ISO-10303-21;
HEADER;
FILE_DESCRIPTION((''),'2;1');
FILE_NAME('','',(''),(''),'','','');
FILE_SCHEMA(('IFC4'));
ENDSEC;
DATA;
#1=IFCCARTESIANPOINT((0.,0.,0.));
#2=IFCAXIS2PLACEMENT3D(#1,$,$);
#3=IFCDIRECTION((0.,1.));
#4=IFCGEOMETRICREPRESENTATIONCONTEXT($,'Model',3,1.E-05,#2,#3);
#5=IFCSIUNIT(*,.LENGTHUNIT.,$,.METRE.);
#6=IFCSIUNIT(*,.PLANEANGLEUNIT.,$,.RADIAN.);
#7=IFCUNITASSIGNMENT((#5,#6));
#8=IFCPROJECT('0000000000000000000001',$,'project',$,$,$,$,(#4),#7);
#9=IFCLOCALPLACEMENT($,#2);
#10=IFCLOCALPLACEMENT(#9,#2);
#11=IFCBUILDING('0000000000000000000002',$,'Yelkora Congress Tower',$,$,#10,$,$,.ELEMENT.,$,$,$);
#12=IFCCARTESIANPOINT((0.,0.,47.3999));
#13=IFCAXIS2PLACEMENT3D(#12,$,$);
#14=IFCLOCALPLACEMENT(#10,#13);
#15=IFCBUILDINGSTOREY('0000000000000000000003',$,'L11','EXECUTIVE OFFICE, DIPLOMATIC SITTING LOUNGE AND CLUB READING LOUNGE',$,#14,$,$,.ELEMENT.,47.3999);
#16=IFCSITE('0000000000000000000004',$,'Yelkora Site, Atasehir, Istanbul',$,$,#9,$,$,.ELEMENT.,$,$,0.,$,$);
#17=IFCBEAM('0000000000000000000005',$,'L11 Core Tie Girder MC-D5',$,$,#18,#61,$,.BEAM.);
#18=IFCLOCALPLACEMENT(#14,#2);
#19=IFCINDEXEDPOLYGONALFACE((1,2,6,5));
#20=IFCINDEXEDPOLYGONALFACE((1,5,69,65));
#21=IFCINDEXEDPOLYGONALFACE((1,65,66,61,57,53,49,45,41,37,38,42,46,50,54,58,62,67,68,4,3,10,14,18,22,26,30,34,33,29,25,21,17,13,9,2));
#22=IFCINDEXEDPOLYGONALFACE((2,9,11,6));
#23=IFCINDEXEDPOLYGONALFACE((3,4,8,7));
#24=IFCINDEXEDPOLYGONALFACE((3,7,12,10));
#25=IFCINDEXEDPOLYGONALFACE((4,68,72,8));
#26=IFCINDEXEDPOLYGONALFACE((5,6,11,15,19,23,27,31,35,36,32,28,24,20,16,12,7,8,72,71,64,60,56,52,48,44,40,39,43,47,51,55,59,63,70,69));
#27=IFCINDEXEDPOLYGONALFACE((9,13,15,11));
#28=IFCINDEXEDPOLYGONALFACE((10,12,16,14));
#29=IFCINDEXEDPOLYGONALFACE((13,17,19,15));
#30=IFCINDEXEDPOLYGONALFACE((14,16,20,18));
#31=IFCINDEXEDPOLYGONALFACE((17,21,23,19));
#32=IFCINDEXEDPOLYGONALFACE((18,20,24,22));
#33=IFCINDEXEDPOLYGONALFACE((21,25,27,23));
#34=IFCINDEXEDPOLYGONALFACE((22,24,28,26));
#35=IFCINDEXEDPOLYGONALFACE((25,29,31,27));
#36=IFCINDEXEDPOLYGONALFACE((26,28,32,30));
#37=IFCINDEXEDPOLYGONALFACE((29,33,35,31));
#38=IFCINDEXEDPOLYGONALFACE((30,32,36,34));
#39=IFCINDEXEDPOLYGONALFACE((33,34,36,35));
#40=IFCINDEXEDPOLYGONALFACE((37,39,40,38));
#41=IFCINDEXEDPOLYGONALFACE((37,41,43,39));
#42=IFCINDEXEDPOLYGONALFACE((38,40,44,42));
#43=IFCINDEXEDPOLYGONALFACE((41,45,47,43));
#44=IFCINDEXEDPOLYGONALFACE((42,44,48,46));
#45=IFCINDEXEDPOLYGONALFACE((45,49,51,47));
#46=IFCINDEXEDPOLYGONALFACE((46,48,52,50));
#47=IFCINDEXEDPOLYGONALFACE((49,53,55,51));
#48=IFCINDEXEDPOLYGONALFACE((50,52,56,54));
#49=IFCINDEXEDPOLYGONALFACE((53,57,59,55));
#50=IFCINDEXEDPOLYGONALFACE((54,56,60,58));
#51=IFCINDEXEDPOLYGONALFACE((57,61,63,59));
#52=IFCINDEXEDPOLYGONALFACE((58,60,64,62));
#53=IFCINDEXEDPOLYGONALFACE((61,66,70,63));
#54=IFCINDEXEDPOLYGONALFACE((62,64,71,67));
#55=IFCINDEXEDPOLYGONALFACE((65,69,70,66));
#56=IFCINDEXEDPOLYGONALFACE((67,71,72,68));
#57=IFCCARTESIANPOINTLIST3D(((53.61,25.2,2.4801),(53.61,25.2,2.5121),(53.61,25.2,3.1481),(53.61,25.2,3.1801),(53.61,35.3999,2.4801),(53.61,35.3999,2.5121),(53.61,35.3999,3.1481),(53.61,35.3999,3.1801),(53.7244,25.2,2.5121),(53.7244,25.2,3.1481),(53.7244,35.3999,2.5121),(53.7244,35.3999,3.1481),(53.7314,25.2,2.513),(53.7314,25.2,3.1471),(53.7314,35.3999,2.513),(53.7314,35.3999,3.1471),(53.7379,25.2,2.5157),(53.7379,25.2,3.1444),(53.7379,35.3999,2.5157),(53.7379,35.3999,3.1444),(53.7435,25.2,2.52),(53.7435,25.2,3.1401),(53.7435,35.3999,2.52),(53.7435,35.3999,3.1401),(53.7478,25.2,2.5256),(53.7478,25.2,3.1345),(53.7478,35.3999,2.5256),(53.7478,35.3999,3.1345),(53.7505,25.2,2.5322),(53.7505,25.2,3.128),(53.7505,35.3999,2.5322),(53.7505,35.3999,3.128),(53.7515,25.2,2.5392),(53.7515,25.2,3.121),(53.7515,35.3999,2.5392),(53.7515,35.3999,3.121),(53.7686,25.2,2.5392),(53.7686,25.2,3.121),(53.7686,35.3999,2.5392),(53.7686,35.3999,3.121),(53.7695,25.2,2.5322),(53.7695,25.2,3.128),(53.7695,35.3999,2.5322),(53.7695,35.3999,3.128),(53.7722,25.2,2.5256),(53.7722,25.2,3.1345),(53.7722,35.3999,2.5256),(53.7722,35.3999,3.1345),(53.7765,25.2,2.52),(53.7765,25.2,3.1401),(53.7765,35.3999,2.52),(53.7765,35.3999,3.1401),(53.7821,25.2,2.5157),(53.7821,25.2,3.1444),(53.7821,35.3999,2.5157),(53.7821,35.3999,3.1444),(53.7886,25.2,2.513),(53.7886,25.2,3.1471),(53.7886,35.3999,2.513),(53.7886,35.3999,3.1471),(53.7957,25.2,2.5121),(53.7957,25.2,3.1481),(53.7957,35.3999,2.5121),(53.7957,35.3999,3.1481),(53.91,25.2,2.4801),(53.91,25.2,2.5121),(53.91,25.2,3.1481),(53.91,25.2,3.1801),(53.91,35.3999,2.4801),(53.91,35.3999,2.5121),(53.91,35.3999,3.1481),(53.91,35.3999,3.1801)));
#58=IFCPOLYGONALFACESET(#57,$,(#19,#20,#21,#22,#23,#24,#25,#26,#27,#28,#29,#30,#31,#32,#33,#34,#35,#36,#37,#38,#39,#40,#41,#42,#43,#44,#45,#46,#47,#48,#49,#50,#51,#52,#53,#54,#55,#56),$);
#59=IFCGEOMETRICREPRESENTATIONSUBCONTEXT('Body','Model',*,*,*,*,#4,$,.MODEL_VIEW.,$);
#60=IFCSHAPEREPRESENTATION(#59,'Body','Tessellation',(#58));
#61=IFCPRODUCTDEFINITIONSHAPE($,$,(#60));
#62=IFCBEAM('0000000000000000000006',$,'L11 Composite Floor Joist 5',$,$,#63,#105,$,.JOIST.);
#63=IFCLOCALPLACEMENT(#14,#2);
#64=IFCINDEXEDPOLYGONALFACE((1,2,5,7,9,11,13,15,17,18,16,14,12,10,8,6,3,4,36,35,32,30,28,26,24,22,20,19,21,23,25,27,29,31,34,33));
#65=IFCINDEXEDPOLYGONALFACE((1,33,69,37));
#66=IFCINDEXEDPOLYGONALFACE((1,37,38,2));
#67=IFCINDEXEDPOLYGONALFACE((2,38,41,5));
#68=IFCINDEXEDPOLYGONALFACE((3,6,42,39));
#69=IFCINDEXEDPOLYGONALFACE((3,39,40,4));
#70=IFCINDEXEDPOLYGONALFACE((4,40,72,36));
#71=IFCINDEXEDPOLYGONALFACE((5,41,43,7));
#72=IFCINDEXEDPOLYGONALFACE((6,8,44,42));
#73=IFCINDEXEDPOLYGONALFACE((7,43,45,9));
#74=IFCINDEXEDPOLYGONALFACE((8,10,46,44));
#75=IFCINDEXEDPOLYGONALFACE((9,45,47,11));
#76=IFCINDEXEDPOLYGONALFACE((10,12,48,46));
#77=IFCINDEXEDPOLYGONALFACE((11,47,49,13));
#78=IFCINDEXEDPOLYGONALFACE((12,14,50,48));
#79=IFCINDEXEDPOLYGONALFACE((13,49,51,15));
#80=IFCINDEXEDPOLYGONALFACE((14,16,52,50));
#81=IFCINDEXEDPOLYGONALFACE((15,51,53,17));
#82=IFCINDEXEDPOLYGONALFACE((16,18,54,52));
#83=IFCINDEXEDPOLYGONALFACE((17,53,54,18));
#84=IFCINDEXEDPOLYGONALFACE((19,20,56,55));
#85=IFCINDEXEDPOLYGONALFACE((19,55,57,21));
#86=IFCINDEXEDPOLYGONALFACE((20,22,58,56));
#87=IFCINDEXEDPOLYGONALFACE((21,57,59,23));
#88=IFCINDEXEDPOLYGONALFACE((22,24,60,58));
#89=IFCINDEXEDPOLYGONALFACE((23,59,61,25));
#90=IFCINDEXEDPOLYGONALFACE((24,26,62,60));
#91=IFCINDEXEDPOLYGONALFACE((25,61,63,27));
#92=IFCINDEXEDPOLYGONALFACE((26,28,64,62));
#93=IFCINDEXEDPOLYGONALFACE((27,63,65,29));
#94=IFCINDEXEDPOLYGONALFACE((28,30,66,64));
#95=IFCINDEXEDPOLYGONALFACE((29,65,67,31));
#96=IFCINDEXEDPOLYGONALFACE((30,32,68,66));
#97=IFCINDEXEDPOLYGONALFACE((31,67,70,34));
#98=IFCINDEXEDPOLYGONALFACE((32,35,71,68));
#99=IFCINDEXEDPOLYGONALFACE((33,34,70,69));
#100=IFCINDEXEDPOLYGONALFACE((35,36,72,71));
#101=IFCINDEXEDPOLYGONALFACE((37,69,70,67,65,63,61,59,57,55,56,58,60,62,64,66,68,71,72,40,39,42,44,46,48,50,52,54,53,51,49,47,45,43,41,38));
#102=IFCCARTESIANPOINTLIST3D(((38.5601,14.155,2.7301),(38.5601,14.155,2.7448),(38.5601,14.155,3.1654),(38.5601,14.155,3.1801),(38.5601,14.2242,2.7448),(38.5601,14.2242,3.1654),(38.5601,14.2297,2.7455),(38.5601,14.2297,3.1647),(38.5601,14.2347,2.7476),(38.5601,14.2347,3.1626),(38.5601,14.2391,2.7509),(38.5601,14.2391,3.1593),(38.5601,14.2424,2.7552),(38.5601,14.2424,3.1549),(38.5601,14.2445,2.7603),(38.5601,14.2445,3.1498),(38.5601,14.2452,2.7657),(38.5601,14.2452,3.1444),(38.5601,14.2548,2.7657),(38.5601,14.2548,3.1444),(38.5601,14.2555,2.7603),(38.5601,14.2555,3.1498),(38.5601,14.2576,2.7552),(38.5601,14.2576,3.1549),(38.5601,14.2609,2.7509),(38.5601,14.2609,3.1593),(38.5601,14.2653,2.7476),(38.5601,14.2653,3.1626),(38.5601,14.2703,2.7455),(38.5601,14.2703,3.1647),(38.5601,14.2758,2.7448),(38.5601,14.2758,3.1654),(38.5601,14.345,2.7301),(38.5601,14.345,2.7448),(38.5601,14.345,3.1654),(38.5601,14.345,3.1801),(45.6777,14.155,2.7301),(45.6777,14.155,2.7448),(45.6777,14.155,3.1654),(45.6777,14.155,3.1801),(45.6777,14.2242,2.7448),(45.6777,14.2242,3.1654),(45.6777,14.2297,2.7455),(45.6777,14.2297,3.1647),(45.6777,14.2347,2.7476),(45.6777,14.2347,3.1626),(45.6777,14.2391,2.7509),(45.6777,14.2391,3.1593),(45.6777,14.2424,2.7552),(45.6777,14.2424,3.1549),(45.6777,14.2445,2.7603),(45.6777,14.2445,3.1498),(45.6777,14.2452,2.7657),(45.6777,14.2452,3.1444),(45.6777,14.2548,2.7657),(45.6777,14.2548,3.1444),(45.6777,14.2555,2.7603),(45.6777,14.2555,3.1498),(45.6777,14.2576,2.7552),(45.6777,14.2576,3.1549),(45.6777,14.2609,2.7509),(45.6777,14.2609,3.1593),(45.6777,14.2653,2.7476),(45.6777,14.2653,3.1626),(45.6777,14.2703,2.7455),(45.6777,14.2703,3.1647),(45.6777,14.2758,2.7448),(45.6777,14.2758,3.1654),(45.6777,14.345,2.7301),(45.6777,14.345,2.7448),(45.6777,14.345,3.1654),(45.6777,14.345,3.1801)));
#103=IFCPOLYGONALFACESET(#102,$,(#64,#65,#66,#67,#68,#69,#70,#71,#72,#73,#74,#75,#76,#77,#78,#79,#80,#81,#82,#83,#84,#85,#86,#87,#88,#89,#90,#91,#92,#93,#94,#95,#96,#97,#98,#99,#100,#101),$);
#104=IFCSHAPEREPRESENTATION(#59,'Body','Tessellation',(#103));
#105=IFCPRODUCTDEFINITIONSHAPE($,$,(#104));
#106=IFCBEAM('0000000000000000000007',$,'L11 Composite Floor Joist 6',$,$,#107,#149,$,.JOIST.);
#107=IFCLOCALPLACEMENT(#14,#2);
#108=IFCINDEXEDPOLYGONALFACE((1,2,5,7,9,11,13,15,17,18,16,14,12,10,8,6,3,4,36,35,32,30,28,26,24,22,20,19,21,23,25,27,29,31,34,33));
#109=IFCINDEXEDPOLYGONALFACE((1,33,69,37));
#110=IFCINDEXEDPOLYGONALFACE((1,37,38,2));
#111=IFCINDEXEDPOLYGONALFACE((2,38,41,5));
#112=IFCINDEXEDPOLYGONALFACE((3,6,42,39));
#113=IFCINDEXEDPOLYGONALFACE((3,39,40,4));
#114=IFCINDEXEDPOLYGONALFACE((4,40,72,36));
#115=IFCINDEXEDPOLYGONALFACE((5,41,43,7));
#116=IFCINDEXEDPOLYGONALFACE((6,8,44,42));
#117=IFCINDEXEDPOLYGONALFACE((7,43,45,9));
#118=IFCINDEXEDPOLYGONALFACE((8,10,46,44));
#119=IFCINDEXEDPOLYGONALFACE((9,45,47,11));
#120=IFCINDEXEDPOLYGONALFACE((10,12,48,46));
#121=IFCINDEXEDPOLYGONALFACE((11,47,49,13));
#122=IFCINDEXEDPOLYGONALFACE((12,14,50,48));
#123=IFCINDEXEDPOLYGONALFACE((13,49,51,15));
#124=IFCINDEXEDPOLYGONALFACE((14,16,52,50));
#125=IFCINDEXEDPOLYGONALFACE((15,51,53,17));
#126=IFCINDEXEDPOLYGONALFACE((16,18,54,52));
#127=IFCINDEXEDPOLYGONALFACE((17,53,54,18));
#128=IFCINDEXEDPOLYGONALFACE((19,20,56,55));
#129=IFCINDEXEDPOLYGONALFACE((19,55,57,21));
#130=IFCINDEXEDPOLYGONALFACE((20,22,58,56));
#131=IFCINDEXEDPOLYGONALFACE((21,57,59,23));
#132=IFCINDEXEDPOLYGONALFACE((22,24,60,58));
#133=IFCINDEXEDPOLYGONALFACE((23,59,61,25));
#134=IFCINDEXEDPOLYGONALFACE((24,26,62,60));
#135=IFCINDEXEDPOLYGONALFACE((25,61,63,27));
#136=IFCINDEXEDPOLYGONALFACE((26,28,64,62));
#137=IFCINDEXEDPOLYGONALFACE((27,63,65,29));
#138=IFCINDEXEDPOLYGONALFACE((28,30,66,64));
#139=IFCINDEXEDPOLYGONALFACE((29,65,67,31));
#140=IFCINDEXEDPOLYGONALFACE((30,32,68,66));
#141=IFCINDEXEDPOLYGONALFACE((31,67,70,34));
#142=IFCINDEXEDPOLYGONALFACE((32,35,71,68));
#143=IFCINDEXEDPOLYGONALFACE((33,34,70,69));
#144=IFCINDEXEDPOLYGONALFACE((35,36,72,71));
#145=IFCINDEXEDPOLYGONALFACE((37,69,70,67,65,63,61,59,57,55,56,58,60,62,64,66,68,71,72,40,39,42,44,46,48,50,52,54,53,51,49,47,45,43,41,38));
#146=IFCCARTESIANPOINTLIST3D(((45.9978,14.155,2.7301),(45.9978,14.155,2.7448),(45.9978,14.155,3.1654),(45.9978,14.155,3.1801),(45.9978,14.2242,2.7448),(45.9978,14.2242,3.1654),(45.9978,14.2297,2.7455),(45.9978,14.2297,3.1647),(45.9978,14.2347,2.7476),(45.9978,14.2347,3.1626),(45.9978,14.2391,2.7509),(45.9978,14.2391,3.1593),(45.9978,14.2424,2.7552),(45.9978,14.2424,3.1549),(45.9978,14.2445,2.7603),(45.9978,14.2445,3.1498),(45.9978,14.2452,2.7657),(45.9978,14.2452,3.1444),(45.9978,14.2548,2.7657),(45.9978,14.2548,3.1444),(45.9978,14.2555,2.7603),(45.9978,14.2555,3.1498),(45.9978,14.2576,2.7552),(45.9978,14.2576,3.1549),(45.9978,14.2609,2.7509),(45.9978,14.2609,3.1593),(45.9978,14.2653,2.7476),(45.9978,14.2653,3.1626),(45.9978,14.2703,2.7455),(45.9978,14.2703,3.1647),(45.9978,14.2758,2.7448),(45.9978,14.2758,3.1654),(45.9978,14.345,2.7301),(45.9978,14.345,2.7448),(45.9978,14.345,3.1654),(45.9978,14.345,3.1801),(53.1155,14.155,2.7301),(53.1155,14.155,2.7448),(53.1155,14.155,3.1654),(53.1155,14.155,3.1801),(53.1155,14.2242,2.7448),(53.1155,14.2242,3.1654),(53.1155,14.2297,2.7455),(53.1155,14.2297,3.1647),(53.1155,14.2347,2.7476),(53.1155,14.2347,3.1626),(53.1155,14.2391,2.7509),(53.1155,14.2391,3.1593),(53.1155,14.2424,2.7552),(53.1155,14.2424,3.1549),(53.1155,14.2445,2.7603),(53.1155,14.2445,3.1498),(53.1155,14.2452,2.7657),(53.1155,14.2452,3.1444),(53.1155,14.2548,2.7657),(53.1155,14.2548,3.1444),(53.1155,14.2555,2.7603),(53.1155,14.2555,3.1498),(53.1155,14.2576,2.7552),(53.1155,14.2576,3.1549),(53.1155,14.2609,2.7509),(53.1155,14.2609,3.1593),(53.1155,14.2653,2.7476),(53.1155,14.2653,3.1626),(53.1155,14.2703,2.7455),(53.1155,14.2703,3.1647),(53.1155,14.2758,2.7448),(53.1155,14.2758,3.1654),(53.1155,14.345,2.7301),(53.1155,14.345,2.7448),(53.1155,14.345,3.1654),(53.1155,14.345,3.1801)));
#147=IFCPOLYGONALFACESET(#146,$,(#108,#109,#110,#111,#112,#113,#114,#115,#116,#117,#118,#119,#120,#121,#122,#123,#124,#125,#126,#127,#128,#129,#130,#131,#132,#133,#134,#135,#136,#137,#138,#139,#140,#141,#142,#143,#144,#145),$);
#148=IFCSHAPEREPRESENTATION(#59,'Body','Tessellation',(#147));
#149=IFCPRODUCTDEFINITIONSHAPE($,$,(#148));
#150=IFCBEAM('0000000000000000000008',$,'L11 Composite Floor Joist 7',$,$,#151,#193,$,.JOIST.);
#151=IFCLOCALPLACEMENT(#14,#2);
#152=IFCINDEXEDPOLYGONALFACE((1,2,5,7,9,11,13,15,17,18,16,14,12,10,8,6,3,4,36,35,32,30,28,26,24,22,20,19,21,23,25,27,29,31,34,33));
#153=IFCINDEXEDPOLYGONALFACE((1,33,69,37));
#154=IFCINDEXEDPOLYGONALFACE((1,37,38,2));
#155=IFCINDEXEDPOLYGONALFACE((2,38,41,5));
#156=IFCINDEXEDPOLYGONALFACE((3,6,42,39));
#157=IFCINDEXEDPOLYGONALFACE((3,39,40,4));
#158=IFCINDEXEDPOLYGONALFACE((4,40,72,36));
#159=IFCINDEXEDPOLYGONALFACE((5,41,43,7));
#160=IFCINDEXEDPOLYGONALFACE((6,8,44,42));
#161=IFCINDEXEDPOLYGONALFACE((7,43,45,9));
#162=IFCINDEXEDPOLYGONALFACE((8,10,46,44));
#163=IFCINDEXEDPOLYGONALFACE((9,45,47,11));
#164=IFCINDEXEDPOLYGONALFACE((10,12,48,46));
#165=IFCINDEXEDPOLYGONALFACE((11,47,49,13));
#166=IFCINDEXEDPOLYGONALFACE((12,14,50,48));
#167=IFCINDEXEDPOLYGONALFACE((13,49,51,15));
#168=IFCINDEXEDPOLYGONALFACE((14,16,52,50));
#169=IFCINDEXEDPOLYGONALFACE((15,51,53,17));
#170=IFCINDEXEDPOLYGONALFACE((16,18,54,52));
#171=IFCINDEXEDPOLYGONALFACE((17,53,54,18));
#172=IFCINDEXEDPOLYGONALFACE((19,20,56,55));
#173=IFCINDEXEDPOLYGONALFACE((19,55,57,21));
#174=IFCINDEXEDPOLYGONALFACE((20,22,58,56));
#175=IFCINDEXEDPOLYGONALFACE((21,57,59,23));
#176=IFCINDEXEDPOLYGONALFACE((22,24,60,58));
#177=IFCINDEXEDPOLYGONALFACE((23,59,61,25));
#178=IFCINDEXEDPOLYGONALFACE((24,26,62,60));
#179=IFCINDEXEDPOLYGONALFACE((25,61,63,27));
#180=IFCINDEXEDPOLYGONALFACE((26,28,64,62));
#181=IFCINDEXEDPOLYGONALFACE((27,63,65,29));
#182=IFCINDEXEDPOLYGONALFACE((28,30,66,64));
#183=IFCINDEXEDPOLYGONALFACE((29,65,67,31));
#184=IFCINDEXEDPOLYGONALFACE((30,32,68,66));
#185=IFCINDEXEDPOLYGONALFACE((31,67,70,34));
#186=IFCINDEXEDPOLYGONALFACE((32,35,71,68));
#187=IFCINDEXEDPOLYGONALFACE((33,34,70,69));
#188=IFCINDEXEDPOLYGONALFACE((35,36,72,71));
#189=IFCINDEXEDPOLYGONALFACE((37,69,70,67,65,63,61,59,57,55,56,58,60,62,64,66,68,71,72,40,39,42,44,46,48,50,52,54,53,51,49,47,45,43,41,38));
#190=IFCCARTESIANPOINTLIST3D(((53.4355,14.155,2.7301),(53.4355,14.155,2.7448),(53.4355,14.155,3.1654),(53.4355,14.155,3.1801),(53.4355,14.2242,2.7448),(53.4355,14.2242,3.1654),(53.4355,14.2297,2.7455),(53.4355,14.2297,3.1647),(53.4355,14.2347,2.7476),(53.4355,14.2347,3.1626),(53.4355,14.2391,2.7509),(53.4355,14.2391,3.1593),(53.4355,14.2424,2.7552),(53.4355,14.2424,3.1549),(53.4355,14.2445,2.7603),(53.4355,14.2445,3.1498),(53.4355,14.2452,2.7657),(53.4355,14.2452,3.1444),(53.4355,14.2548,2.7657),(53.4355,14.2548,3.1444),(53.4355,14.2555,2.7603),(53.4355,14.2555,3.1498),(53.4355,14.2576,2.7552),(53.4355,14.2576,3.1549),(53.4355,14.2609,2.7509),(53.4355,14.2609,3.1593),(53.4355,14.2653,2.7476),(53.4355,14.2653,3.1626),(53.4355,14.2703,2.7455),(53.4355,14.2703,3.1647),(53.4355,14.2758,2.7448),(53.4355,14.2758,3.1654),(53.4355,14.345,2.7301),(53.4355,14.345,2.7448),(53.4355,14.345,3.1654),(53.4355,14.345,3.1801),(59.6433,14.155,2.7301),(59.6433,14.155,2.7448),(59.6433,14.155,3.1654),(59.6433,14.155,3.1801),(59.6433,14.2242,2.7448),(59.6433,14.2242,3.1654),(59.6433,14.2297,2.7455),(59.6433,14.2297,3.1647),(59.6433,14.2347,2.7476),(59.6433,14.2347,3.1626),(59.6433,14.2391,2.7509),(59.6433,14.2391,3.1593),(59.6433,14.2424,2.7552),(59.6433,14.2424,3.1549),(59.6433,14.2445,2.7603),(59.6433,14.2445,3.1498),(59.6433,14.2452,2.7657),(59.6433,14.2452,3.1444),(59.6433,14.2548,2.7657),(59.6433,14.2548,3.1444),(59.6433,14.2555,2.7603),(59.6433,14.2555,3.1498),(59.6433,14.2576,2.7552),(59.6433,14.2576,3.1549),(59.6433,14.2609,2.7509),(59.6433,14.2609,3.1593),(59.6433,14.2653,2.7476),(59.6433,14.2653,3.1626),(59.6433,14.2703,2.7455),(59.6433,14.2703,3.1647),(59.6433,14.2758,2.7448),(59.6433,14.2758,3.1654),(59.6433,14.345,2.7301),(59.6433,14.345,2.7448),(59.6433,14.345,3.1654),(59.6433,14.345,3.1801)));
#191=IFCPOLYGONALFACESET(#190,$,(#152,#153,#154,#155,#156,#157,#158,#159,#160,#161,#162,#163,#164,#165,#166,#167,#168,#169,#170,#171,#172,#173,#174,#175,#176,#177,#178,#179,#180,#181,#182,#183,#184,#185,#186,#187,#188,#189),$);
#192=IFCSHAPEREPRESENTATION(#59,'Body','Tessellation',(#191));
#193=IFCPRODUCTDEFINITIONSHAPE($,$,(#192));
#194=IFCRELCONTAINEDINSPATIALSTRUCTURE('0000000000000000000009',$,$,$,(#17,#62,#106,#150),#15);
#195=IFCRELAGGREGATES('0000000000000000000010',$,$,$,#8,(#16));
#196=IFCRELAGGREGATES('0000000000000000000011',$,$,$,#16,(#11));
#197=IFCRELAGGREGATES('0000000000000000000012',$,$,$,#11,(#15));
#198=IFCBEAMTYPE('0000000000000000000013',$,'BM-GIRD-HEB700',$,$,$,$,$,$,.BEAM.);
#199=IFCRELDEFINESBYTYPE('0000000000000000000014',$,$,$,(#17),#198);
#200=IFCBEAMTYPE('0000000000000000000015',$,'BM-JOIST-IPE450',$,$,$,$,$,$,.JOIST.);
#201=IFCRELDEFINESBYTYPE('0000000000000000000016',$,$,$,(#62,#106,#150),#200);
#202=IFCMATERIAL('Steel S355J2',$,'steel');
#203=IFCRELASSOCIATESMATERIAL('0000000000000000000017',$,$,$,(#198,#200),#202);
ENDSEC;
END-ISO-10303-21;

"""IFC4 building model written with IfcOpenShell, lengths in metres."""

from ifc_helpers import new_model, si_unit, direction, frame, origin, origin_2d, place, context, subcontext, project, spatial, i_section, extrude, material, material_profile, profile_set, type_object, element, save


model = new_model("IFC4")

# Units and contexts
model_context = context("Model", 3, precision=1e-05, world=origin(), true_north=direction((0.0, 1.0)))
body_context = subcontext(model_context, "Body", "Model", "MODEL_VIEW")
ifc_project = project(units=[si_unit("LENGTHUNIT", "METRE"), si_unit("PLANEANGLEUNIT", "RADIAN")], contexts=[model_context])

# Site, building, storey
site_placement = place(None, origin())
site = spatial("IfcSite", under=ifc_project, at=site_placement, Name="Yelkora Site, Atasehir, Istanbul", CompositionType="ELEMENT", RefElevation=0.0)
building_placement = place(site_placement, origin())
building = spatial("IfcBuilding", under=site, at=building_placement, Name="Yelkora Congress Tower", CompositionType="ELEMENT")
storey_placement = place(building_placement, frame((0.0, 0.0, 47.3999)))
storey = spatial("IfcBuildingStorey", under=building, at=storey_placement, Name="L11", Description="EXECUTIVE OFFICE, DIPLOMATIC SITTING LOUNGE AND CLUB READING LOUNGE", CompositionType="ELEMENT", Elevation=47.3999)

# Beams
ifc_material_1 = material(Name="Steel S355J2", Category="steel")
ifc_material_profile_1 = material_profile(ifc_material_1, i_section(OverallWidth=0.3, OverallDepth=0.7, WebThickness=0.0171, FlangeThickness=0.032, FilletRadius=0.0271, at=origin_2d()), Name="HEB 700")
ifc_profile_set_1 = profile_set([ifc_material_profile_1], Name="Steel S355J2")
beam_type_1 = type_object("IfcBeamType", Name="BM-GIRD-HEB700", PredefinedType="BEAM", material=ifc_profile_set_1)
for number, where, z_axis, x_axis, name in (
    (1, (53.76, 25.2, 2.8301), (0.0, 1.0, 0.0), (-1.0, 0.0, 0.0), "L11 Core Tie Girder MC-D5"),
):
    element("IfcBeam", number, at=place(storey_placement, frame(where, z_axis=z_axis, x_axis=x_axis)), inside=storey, type_object=beam_type_1, Name=name, PredefinedType="BEAM", context=body_context, shape_type="SweptSolid", body=[
        extrude(i_section(OverallWidth=0.3, OverallDepth=0.7, WebThickness=0.0171, FlangeThickness=0.032, FilletRadius=0.0271, at=origin_2d()), origin(), (0.0, 0.0, 1.0), 10.2),
    ])
ifc_material_profile_2 = material_profile(ifc_material_1, i_section(OverallWidth=0.1899, OverallDepth=0.45, WebThickness=0.0095, FlangeThickness=0.0146, FilletRadius=0.021, at=origin_2d()), Name="IPE 450")
ifc_profile_set_2 = profile_set([ifc_material_profile_2], Name="Steel S355J2")
beam_type_2 = type_object("IfcBeamType", Name="BM-JOIST-IPE450", PredefinedType="JOIST", material=ifc_profile_set_2)
for number, where, z_axis, x_axis, name in (
    (2, (38.5601, 14.25, 2.9551), (1.0, 0.0, 0.0), (0.0, 1.0, 0.0), "L11 Composite Floor Joist 5"),
    (3, (45.9978, 14.25, 2.9551), (1.0, 0.0, 0.0), (0.0, 1.0, 0.0), "L11 Composite Floor Joist 6"),
):
    element("IfcBeam", number, at=place(storey_placement, frame(where, z_axis=z_axis, x_axis=x_axis)), inside=storey, type_object=beam_type_2, Name=name, PredefinedType="JOIST", context=body_context, shape_type="SweptSolid", body=[
        extrude(i_section(OverallWidth=0.1899, OverallDepth=0.45, WebThickness=0.0095, FlangeThickness=0.0146, FilletRadius=0.021, at=origin_2d()), origin(), (0.0, 0.0, 1.0), 7.1177),
    ])
beam_1_placement = place(storey_placement, frame((53.4355, 14.25, 2.9551), z_axis=(1.0, 0.0, 0.0), x_axis=(0.0, 1.0, 0.0)))
element("IfcBeam", 4, at=beam_1_placement, inside=storey, type_object=beam_type_2, Name="L11 Composite Floor Joist 7", PredefinedType="JOIST", context=body_context, shape_type="SweptSolid", body=[
    extrude(i_section(OverallWidth=0.1899, OverallDepth=0.45, WebThickness=0.0095, FlangeThickness=0.0146, FilletRadius=0.021, at=origin_2d()), origin(), (0.0, 0.0, 1.0), 6.2078),
])

save(model, "model.ifc")
